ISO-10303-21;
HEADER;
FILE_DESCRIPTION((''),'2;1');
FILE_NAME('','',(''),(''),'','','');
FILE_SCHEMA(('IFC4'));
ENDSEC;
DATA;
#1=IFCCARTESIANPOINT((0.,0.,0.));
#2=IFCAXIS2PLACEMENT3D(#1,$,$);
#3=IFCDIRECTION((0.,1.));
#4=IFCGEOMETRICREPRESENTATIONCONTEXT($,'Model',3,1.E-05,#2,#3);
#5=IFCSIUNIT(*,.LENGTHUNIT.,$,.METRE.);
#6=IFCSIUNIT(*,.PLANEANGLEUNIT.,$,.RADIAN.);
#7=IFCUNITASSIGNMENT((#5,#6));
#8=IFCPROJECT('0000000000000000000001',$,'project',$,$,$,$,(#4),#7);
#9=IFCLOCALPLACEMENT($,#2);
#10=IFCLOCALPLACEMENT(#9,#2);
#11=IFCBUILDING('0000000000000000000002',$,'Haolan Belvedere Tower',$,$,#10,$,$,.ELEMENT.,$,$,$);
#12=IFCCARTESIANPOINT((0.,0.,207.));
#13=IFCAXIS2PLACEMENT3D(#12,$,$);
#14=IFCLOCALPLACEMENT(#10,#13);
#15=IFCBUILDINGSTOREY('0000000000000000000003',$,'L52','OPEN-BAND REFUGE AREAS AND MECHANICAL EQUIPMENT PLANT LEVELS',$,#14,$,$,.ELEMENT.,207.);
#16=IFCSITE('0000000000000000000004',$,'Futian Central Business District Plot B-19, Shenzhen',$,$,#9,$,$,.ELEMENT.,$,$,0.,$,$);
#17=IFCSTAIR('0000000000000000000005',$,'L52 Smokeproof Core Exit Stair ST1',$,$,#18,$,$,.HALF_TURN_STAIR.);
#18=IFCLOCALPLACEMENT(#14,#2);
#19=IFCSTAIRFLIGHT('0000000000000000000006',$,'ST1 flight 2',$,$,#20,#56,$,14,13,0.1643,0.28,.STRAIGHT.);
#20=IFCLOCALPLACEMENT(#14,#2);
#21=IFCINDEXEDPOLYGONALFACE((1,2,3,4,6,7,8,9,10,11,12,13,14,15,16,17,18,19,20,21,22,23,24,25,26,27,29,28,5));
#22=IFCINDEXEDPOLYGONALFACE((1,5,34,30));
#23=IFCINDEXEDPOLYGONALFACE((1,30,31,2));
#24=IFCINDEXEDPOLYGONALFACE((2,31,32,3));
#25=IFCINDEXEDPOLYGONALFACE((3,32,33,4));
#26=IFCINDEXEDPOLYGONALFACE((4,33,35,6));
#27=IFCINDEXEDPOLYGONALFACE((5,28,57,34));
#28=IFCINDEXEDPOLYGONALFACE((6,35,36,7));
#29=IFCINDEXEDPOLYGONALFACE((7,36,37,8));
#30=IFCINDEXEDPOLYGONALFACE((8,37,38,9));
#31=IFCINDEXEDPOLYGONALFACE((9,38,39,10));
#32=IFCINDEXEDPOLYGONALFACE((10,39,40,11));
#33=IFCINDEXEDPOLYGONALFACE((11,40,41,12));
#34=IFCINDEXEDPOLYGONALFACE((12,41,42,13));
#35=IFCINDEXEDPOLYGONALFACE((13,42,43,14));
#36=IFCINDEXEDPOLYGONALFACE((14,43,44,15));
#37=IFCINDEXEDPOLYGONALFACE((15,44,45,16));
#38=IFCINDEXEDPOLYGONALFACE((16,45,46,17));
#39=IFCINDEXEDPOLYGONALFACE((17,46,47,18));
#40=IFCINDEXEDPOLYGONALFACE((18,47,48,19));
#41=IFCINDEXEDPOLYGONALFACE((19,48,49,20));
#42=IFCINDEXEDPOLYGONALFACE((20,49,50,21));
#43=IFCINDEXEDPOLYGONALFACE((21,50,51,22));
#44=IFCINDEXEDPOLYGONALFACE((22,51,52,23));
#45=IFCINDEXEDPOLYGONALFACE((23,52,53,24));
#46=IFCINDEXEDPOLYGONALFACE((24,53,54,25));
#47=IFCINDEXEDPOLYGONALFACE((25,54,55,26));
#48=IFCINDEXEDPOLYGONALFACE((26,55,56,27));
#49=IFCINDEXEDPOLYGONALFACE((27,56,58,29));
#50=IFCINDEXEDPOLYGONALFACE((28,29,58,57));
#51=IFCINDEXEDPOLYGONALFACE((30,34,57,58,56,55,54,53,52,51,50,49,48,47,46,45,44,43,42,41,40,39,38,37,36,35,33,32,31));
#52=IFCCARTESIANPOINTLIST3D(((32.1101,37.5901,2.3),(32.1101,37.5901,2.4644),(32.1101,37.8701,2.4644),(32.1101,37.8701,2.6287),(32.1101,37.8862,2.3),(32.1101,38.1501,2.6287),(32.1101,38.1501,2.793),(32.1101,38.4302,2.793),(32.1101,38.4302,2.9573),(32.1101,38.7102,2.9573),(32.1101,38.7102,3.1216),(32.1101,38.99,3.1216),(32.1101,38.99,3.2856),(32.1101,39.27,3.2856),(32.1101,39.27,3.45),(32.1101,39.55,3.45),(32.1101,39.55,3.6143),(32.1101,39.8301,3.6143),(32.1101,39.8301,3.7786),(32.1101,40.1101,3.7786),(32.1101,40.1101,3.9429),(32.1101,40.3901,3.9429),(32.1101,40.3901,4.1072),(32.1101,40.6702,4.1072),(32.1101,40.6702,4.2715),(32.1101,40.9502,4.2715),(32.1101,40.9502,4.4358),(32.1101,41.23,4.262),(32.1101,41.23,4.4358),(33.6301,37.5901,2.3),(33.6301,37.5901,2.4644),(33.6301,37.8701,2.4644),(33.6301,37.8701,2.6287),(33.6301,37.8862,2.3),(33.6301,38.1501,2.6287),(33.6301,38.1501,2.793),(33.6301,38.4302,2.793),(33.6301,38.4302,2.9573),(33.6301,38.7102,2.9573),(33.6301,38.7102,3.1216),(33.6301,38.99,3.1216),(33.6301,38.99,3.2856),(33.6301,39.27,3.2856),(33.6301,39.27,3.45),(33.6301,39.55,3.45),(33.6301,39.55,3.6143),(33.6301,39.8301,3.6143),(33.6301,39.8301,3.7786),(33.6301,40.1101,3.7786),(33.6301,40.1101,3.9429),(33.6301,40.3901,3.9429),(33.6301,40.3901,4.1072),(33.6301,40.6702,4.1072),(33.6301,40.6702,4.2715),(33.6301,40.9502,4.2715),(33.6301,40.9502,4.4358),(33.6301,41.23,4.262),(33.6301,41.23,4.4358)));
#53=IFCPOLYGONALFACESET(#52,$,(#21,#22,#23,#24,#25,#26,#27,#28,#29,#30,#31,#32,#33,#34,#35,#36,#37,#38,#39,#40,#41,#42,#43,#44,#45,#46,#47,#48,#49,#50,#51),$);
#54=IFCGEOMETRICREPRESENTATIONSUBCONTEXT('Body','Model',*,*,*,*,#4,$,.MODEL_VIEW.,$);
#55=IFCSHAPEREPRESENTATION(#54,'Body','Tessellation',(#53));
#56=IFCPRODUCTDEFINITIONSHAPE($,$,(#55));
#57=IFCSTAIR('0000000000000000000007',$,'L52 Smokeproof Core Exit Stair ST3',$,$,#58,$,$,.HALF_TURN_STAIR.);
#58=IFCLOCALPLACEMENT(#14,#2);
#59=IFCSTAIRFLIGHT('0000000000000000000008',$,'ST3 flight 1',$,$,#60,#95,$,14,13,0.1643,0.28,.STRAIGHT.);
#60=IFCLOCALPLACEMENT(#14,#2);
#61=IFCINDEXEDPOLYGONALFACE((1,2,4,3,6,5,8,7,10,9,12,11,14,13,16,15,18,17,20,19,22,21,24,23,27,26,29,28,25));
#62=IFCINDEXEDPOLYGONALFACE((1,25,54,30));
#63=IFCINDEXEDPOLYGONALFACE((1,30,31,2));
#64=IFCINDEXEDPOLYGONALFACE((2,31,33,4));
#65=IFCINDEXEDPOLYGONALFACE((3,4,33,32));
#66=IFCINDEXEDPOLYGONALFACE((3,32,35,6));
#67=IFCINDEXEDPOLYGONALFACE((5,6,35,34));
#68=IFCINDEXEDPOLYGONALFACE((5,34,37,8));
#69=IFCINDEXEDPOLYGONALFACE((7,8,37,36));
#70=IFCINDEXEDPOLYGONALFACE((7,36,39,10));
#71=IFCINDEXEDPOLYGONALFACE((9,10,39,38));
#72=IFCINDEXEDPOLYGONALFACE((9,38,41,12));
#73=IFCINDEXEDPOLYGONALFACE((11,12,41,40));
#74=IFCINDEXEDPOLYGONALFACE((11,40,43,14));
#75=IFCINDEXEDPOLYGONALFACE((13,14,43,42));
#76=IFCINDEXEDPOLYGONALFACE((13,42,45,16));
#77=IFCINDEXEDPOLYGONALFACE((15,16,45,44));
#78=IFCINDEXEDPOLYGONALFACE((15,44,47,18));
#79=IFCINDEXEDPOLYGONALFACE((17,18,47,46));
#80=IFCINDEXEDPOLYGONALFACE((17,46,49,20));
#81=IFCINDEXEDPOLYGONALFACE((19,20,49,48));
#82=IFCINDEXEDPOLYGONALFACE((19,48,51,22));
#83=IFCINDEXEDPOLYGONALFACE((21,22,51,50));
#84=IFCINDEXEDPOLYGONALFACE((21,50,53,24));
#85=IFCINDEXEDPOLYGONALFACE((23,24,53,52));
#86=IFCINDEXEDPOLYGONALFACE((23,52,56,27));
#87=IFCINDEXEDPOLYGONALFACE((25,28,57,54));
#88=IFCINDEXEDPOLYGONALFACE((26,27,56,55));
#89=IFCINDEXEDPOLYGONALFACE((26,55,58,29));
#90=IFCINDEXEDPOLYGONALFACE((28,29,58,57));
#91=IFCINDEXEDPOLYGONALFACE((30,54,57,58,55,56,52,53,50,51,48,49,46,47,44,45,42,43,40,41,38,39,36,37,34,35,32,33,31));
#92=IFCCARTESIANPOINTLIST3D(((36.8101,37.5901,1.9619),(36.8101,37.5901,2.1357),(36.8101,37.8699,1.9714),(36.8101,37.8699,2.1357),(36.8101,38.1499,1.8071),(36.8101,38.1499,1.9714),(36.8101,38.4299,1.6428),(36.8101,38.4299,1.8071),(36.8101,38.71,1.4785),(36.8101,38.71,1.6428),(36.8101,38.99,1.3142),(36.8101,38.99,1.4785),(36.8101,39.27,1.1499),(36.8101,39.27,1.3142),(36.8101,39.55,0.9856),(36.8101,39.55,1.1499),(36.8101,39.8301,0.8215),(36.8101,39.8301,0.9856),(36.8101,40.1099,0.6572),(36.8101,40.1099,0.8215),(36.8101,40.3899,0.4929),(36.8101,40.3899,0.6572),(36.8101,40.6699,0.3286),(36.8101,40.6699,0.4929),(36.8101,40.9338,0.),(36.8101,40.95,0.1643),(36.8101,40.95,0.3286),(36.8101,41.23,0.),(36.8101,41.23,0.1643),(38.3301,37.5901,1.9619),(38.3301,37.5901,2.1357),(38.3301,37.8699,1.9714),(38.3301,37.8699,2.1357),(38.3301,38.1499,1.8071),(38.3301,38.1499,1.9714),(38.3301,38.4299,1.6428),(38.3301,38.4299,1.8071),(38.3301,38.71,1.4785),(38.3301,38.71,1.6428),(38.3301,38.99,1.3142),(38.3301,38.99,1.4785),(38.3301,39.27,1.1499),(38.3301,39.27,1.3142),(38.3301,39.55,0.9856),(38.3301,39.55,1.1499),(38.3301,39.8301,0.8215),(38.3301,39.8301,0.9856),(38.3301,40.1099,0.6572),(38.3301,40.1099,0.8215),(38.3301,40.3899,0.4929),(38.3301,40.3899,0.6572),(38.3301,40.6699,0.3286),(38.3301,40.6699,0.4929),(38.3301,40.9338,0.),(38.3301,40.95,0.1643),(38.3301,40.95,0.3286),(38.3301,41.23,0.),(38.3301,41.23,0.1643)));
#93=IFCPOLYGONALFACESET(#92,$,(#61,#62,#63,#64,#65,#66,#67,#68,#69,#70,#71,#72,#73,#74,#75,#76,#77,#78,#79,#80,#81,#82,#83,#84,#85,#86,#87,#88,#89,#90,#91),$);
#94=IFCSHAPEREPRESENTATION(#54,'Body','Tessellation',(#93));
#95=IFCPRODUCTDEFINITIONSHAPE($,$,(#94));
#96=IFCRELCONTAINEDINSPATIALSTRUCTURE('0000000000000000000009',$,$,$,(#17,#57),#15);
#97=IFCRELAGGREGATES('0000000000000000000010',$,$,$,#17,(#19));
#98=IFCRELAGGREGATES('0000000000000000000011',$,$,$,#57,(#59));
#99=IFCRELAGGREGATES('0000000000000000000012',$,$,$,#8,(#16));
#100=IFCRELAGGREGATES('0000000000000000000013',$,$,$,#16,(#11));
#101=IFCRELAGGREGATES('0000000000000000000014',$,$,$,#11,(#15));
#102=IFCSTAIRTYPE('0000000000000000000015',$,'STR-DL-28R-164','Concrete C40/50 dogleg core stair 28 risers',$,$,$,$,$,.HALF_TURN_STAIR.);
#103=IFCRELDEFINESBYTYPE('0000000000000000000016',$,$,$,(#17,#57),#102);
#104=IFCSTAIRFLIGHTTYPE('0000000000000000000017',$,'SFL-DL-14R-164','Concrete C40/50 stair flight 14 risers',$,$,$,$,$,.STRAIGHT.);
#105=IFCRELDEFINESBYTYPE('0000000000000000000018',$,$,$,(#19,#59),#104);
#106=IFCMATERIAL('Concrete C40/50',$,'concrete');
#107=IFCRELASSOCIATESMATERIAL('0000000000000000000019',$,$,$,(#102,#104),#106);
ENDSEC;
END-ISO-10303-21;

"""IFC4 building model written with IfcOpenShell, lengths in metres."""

from ifc_helpers import new_model, si_unit, direction, frame, origin, place, context, subcontext, project, spatial, polyline, outline, extrude, material, type_object, element, aggregate, save


model = new_model("IFC4")

# Units and contexts
model_context = context("Model", 3, precision=1e-05, world=origin(), true_north=direction((0.0, 1.0)))
body_context = subcontext(model_context, "Body", "Model", "MODEL_VIEW")
ifc_project = project(units=[si_unit("LENGTHUNIT", "METRE"), si_unit("PLANEANGLEUNIT", "RADIAN")], contexts=[model_context])

# Site, building, storey
site_placement = place(None, origin())
site = spatial("IfcSite", under=ifc_project, at=site_placement, Name="Futian Central Business District Plot B-19, Shenzhen", CompositionType="ELEMENT", RefElevation=0.0)
building_placement = place(site_placement, origin())
building = spatial("IfcBuilding", under=site, at=building_placement, Name="Haolan Belvedere Tower", CompositionType="ELEMENT")
storey_placement = place(building_placement, frame((0.0, 0.0, 207.0)))
storey = spatial("IfcBuildingStorey", under=building, at=storey_placement, Name="L52", Description="OPEN-BAND REFUGE AREAS AND MECHANICAL EQUIPMENT PLANT LEVELS", CompositionType="ELEMENT", Elevation=207.0)

# Shared definitions
ifc_material_1 = material(Name="Concrete C40/50", Category="concrete")

# Stair, stair flight
stair_type = type_object("IfcStairType", Name="STR-DL-28R-164", Description="Concrete C40/50 dogleg core stair 28 risers", PredefinedType="HALF_TURN_STAIR", material=ifc_material_1)
stair_1_placement = place(storey_placement, origin())
stair_1 = element("IfcStair", 1, at=stair_1_placement, inside=storey, type_object=stair_type, Name="L52 Smokeproof Core Exit Stair ST1", PredefinedType="HALF_TURN_STAIR")
stair_flight_type = type_object("IfcStairFlightType", Name="SFL-DL-14R-164", Description="Concrete C40/50 stair flight 14 risers", PredefinedType="STRAIGHT", material=ifc_material_1)
stair_flight_1_placement = place(storey_placement, frame((32.8701, 37.5901, 2.3), z_axis=(0.0, 0.0, 1.0), x_axis=(0.0, 1.0, 0.0)))
stair_flight_1 = element("IfcStairFlight", 2, at=stair_flight_1_placement, type_object=stair_flight_type, Name="ST1 flight 2", NumberOfRisers=14, NumberOfTreads=13, PredefinedType="STRAIGHT", RiserHeight=0.1643, TreadLength=0.28, context=body_context, shape_type="SweptSolid", body=[
    extrude(outline(polyline([(0.0, 0.0), (0.0, 0.1643), (0.28, 0.1643), (0.28, 0.3286), (0.5601, 0.3286), (0.5601, 0.4929), (0.8401, 0.4929), (0.8401, 0.6572), (1.1201, 0.6572), (1.1201, 0.8215), (1.3999, 0.8215), (1.3999, 0.9856), (1.6799, 0.9856), (1.6799, 1.1499), (1.96, 1.1499), (1.96, 1.3142), (2.24, 1.3142), (2.24, 1.4785), (2.52, 1.4785), (2.52, 1.6428), (2.8, 1.6428), (2.8, 1.8071), (3.0801, 1.8071), (3.0801, 1.9714), (3.3601, 1.9714), (3.3601, 2.1357), (3.6399, 2.1357), (3.6399, 2.3), (3.6399, 1.9619), (0.2961, 0.0), (0.0, 0.0)])), frame((0.0, 0.76, 0.0), z_axis=(0.0, -1.0, 0.0), x_axis=(1.0, 0.0, 0.0)), (0.0, 0.0, 1.0), 1.52),
])
aggregate(stair_1, [stair_flight_1])

# Stair, stair flight
stair_2_placement = place(storey_placement, origin())
stair_2 = element("IfcStair", 3, at=stair_2_placement, inside=storey, type_object=stair_type, Name="L52 Smokeproof Core Exit Stair ST3", PredefinedType="HALF_TURN_STAIR")
stair_flight_2_placement = place(storey_placement, frame((37.5701, 41.23, 0.0), z_axis=(0.0, 0.0, 1.0), x_axis=(0.0, -1.0, 0.0)))
stair_flight_2 = element("IfcStairFlight", 4, at=stair_flight_2_placement, type_object=stair_flight_type, Name="ST3 flight 1", NumberOfRisers=14, NumberOfTreads=13, PredefinedType="STRAIGHT", RiserHeight=0.1643, TreadLength=0.28, context=body_context, shape_type="SweptSolid", body=[
    extrude(outline(polyline([(0.0, 0.0), (0.0, 0.1643), (0.28, 0.1643), (0.28, 0.3286), (0.5601, 0.3286), (0.5601, 0.4929), (0.8401, 0.4929), (0.8401, 0.6572), (1.1201, 0.6572), (1.1201, 0.8215), (1.3999, 0.8215), (1.3999, 0.9856), (1.6799, 0.9856), (1.6799, 1.1499), (1.96, 1.1499), (1.96, 1.3142), (2.24, 1.3142), (2.24, 1.4785), (2.52, 1.4785), (2.52, 1.6428), (2.8, 1.6428), (2.8, 1.8071), (3.0801, 1.8071), (3.0801, 1.9714), (3.3601, 1.9714), (3.3601, 2.1357), (3.6399, 2.1357), (3.6399, 2.3), (3.6399, 1.9619), (0.2961, 0.0), (0.0, 0.0)])), frame((0.0, 0.76, 0.0), z_axis=(0.0, -1.0, 0.0), x_axis=(1.0, 0.0, 0.0)), (0.0, 0.0, 1.0), 1.52),
])
aggregate(stair_2, [stair_flight_2])

save(model, "model.ifc")
